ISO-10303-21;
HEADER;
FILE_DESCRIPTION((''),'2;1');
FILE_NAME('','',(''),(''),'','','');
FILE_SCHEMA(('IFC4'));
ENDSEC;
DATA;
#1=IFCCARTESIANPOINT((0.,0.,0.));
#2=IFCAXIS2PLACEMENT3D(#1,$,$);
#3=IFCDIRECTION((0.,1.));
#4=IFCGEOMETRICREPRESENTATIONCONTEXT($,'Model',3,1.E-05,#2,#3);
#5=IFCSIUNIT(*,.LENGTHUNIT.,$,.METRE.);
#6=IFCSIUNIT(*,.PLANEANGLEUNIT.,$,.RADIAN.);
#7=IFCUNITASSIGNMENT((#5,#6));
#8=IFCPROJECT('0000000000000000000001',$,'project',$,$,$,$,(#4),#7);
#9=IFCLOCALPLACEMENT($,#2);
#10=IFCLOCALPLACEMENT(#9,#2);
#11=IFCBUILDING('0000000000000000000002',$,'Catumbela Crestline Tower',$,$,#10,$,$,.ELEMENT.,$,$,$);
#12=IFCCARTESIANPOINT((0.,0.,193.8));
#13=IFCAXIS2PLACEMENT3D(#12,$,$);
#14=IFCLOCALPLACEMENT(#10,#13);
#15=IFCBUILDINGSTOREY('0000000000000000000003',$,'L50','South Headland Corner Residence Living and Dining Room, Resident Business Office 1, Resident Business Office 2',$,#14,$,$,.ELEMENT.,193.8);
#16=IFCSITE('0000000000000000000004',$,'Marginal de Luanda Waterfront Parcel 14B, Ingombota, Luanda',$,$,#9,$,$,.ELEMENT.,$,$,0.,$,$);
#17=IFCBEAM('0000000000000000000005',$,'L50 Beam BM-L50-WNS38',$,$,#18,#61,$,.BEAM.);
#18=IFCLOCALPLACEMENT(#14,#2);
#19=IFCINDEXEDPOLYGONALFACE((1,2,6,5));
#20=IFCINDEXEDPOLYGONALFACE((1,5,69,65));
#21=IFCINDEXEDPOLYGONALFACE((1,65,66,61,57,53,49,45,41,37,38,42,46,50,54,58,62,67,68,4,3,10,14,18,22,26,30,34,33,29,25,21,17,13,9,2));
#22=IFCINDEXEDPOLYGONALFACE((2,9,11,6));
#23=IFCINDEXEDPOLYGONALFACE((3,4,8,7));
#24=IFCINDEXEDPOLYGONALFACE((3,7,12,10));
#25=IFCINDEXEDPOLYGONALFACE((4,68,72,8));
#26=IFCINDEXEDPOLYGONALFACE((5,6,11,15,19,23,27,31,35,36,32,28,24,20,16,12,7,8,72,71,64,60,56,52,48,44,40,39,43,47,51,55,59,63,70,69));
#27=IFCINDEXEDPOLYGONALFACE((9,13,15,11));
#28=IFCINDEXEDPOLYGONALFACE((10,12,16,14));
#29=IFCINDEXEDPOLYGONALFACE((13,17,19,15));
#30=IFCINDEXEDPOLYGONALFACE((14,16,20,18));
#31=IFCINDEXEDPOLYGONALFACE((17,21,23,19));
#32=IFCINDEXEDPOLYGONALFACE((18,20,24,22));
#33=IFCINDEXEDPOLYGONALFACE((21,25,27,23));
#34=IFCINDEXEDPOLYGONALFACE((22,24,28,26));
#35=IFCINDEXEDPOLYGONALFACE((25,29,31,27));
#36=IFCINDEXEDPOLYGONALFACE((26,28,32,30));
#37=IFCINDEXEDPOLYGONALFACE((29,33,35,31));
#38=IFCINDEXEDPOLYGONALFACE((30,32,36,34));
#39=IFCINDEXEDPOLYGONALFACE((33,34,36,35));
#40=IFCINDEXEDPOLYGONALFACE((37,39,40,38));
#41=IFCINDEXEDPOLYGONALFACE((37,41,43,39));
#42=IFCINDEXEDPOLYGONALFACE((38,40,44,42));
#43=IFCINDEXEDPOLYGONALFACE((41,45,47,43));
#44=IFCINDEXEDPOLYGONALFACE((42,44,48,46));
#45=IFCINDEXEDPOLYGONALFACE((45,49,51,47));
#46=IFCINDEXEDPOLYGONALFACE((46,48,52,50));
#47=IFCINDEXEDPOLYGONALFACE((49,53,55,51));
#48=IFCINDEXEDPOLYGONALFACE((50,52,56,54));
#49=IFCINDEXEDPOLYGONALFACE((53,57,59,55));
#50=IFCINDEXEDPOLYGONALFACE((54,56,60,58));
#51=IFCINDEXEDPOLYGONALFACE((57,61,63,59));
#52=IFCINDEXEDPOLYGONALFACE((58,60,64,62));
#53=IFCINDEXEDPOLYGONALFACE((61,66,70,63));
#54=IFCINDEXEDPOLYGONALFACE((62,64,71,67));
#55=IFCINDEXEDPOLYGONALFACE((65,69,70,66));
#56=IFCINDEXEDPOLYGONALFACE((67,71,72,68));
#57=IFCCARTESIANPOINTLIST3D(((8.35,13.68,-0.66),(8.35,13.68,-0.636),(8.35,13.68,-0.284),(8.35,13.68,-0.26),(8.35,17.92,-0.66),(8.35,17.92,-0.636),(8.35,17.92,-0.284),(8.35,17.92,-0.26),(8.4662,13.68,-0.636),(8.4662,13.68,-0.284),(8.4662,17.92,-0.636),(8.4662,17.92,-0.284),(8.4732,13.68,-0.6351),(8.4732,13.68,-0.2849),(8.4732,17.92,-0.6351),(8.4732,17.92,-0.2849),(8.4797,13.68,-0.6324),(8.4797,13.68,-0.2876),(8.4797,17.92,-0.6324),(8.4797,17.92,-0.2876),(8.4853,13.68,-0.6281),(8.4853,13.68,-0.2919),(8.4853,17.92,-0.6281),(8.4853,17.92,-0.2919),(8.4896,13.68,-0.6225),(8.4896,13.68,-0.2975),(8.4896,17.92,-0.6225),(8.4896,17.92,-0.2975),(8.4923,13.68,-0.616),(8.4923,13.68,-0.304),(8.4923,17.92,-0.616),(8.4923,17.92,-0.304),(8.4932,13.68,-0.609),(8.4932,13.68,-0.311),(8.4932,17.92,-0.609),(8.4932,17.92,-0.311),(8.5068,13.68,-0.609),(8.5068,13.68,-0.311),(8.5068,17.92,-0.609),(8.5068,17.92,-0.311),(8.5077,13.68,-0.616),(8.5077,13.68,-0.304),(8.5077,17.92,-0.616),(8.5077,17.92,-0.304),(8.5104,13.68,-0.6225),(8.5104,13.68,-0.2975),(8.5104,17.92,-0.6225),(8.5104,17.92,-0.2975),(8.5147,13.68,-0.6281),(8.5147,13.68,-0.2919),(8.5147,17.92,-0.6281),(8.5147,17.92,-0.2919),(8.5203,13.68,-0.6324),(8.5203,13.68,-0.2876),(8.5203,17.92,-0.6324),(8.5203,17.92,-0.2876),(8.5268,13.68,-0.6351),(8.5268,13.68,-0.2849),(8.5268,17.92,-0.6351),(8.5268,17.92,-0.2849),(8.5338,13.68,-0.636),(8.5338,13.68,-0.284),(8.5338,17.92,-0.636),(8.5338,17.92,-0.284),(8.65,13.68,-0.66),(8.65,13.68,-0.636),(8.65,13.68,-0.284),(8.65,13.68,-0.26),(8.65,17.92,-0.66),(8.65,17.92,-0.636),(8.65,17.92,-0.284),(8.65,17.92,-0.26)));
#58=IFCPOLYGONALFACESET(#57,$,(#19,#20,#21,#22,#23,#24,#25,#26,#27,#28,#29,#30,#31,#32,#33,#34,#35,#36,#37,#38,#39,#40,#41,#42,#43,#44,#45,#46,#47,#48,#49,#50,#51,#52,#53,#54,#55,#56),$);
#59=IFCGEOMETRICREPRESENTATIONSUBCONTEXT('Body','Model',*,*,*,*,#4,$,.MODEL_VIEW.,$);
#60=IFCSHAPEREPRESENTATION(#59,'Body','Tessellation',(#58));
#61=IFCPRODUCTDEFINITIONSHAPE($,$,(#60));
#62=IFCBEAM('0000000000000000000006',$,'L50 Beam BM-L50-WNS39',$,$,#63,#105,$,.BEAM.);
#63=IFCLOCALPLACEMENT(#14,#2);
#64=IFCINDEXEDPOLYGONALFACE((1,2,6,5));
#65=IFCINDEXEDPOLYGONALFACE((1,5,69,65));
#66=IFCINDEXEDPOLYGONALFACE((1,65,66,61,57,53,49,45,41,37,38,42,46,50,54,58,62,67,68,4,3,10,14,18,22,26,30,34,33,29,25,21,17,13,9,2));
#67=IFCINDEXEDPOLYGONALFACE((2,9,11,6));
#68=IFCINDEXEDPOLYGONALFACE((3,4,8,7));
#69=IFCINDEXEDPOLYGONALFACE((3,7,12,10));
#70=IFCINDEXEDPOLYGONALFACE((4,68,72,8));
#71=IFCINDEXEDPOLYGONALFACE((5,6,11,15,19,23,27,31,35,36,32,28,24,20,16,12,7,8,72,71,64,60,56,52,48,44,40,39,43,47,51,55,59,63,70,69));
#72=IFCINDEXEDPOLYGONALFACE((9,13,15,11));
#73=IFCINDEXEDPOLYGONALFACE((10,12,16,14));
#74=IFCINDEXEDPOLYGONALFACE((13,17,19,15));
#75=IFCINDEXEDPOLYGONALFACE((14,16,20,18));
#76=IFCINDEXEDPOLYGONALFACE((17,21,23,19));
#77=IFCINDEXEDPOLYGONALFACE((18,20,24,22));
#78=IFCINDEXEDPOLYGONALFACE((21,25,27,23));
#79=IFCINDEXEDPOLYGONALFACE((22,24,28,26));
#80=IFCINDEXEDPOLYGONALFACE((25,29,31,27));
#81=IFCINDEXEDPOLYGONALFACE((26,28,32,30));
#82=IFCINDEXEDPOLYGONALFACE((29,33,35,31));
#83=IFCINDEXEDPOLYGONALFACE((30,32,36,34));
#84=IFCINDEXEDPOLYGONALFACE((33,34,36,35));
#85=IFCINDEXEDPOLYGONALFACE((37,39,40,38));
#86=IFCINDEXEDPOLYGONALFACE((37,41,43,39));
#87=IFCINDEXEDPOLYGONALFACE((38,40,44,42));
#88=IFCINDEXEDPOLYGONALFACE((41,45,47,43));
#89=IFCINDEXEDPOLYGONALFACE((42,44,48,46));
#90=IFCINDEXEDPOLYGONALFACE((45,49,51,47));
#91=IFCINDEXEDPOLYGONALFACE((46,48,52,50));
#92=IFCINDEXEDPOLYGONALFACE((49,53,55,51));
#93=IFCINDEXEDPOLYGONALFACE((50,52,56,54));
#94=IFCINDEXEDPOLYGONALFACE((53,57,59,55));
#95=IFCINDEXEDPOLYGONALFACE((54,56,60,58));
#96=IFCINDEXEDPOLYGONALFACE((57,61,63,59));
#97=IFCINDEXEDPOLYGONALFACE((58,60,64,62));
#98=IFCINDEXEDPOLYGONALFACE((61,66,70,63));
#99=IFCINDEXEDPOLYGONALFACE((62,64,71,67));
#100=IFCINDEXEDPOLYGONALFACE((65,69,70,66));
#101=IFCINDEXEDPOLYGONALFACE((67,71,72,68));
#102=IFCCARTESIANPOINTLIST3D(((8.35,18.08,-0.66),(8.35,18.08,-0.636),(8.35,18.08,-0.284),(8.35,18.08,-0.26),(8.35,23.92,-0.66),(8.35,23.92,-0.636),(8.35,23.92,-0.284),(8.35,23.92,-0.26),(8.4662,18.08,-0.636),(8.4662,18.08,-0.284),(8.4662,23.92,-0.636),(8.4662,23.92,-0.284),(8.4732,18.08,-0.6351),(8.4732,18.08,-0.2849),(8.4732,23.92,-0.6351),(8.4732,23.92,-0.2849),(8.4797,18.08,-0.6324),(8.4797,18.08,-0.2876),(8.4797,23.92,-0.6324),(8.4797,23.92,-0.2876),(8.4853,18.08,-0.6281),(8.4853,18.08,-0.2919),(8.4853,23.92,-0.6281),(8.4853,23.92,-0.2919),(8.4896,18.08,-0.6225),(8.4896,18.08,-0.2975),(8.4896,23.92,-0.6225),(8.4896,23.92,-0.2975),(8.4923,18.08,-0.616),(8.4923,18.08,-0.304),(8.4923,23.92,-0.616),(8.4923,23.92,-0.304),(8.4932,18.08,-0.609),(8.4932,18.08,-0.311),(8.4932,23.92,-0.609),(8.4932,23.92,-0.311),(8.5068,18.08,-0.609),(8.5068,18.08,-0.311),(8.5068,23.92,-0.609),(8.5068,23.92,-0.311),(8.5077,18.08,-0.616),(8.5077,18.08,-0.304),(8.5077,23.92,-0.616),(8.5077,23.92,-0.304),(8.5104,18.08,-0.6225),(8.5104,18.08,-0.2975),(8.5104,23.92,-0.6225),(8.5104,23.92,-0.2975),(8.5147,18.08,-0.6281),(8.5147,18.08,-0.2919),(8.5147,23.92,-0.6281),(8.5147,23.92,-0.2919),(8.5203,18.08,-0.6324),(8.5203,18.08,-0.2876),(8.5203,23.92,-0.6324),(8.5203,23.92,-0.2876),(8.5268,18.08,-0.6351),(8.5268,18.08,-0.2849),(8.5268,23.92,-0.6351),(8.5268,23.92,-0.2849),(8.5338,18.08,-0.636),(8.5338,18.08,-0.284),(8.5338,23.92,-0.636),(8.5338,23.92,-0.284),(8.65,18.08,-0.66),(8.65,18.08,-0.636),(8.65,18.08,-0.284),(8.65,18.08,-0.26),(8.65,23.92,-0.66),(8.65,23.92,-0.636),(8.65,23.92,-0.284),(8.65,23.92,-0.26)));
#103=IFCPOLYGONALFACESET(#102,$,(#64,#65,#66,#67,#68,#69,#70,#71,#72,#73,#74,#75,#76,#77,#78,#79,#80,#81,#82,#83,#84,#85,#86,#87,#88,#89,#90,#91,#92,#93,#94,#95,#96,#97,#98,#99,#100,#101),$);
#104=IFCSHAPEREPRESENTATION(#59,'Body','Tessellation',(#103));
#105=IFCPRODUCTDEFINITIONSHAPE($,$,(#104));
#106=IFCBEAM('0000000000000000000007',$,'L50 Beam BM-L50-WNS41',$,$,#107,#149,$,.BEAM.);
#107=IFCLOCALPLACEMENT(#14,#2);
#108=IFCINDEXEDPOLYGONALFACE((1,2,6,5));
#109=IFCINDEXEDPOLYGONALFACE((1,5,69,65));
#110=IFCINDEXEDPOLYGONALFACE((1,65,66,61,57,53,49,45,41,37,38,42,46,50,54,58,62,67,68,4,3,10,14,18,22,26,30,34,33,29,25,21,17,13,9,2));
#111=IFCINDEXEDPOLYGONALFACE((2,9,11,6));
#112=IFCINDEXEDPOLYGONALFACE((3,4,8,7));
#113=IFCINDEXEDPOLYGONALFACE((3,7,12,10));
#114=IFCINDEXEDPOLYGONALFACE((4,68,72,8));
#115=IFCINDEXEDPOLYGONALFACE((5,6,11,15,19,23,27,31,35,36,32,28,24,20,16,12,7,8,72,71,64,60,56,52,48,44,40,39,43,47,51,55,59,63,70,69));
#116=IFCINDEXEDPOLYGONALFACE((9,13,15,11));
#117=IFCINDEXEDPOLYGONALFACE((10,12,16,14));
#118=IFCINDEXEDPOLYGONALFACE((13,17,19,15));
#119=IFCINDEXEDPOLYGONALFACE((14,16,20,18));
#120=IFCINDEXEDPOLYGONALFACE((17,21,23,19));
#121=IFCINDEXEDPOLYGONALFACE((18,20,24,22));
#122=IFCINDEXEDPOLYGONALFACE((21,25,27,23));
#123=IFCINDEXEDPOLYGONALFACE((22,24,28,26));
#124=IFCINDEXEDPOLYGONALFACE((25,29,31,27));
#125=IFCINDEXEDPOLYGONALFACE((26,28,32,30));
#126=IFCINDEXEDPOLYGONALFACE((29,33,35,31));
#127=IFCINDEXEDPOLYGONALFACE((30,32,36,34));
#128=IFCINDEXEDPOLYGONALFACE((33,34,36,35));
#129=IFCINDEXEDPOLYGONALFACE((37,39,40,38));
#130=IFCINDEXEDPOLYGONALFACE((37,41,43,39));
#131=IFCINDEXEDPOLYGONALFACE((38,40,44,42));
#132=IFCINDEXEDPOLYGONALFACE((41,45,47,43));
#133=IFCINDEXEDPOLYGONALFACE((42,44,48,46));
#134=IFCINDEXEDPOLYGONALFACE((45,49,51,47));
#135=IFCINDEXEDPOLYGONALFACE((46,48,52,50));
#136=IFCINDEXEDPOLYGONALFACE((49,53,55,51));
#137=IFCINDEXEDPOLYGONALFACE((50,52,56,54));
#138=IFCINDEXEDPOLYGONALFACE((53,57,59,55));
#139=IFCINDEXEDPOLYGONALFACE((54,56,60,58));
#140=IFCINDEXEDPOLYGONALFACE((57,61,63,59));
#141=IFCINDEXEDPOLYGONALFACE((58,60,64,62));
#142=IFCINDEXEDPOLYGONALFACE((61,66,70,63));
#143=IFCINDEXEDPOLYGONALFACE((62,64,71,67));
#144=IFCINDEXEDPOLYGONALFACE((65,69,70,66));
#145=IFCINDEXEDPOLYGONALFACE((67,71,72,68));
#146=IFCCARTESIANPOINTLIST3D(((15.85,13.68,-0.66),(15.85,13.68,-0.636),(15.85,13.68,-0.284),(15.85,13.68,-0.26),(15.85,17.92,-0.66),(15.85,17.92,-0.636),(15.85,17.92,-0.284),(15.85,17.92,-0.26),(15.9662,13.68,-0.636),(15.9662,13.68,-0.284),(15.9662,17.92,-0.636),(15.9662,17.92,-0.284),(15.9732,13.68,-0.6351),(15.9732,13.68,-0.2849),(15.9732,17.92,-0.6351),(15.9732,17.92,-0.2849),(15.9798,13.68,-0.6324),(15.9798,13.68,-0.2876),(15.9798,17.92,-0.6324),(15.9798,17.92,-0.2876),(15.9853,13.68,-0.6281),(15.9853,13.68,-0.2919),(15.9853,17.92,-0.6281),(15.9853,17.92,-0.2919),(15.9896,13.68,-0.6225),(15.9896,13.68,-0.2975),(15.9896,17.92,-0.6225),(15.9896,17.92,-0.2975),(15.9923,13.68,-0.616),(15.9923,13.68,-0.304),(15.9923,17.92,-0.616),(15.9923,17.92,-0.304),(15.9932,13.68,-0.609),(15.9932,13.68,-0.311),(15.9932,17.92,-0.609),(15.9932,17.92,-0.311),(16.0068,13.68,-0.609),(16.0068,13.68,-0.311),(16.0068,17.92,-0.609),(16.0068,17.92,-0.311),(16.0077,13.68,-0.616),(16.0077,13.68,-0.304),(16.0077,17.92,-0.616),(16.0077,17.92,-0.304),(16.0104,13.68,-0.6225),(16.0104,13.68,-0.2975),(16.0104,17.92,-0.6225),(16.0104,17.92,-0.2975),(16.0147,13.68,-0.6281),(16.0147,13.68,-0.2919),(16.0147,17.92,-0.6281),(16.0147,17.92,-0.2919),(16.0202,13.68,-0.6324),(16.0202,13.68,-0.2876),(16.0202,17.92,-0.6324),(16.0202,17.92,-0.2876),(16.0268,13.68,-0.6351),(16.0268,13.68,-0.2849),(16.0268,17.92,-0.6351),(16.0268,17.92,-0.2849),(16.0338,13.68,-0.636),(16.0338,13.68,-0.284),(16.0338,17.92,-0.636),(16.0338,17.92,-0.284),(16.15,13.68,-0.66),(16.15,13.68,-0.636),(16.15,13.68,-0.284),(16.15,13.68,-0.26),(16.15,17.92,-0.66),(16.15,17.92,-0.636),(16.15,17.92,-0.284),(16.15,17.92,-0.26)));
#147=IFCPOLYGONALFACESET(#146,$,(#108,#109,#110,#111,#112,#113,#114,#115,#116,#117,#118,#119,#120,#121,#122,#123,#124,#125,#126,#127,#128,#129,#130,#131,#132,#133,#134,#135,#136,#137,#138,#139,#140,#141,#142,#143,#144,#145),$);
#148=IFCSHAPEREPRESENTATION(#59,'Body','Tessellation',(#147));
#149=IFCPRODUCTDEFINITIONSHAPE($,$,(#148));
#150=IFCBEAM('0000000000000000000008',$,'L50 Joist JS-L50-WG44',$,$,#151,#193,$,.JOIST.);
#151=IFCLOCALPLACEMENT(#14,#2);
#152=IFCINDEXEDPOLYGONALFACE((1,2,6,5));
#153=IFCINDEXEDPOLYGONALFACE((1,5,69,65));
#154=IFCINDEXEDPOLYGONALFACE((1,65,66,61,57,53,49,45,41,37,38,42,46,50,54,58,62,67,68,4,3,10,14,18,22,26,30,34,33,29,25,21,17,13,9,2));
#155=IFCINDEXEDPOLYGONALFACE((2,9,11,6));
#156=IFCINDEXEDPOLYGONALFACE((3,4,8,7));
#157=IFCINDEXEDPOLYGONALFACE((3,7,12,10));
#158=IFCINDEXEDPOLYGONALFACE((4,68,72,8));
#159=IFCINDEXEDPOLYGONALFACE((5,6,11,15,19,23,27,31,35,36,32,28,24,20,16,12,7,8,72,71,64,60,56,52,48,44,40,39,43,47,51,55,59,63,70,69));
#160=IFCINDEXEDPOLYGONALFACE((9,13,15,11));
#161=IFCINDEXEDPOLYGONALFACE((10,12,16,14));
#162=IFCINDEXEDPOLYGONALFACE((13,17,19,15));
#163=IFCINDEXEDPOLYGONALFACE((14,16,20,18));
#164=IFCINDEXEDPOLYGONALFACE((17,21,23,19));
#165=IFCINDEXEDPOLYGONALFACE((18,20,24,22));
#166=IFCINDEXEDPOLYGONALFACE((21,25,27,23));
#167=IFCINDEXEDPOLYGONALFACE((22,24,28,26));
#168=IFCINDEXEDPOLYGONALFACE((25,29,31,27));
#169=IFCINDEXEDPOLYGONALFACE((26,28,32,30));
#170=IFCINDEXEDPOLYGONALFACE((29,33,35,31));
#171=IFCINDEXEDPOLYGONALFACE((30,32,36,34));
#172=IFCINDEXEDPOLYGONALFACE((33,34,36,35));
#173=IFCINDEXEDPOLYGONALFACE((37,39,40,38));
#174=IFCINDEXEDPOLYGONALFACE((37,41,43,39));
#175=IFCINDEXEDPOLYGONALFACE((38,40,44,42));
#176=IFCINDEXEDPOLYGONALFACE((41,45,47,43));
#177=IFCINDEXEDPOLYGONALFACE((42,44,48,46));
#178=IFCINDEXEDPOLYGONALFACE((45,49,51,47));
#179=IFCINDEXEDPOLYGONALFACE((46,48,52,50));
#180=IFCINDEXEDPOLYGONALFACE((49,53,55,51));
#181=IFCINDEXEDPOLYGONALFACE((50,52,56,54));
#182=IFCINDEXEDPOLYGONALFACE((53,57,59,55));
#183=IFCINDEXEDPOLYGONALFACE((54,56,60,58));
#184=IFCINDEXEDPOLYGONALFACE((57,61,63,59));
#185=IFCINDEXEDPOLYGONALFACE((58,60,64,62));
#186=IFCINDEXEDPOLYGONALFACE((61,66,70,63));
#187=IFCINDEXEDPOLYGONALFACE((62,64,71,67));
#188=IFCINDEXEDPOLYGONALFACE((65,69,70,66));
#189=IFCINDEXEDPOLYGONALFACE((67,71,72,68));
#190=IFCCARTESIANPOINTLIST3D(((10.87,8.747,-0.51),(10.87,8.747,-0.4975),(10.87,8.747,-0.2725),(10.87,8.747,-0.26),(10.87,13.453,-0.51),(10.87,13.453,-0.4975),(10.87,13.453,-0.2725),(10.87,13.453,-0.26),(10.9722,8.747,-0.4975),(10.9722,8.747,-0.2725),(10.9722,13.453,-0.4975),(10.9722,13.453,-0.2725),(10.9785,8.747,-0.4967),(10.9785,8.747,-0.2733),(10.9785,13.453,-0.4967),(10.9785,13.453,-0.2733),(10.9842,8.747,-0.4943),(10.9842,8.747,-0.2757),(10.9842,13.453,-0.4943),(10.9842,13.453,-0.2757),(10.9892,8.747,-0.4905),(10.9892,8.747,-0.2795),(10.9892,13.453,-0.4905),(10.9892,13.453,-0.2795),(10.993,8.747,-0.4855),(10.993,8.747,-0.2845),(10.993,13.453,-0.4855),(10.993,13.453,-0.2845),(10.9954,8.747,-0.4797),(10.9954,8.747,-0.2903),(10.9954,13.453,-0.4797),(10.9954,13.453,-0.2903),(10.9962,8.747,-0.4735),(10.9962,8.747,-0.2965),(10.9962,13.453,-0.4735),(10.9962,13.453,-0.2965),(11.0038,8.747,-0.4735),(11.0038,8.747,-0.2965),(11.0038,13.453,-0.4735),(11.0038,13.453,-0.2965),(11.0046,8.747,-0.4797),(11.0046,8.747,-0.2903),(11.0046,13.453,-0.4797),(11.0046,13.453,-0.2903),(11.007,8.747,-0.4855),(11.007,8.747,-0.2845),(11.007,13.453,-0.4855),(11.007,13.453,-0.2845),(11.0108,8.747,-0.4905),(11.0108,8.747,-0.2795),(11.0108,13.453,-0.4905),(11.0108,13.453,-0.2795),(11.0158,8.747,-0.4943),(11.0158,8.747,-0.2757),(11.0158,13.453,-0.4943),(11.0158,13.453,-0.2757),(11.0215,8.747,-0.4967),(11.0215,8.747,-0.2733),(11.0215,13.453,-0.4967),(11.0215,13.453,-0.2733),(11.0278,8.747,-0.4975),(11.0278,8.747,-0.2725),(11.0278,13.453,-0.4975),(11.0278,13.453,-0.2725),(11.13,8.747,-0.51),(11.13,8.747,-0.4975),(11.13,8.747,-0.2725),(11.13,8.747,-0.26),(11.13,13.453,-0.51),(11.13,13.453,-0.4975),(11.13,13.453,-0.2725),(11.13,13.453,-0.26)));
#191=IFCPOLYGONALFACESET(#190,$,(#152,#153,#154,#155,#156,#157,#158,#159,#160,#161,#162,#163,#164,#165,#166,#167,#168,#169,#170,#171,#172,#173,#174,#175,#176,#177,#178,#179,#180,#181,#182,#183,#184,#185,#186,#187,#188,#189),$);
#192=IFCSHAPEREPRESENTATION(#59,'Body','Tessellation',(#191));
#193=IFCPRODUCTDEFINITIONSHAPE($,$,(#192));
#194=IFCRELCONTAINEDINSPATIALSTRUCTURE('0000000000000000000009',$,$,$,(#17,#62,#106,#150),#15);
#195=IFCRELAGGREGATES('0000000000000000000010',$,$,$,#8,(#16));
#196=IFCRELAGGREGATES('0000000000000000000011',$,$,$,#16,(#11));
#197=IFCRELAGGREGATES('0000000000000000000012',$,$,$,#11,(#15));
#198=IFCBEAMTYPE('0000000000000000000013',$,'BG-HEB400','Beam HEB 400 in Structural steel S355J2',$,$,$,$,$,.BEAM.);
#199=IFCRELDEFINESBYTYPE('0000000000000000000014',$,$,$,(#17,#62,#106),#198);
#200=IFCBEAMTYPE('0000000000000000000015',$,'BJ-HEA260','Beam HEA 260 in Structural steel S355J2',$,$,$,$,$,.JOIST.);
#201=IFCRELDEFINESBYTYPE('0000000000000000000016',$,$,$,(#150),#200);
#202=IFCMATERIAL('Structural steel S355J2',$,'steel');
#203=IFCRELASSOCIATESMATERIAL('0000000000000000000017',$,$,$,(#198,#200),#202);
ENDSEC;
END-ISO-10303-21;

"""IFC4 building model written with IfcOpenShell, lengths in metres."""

from ifc_helpers import new_model, si_unit, direction, frame, origin, origin_2d, place, context, subcontext, project, spatial, i_section, extrude, material, material_profile, profile_set, type_object, element, save


model = new_model("IFC4")

# Units and contexts
model_context = context("Model", 3, precision=1e-05, world=origin(), true_north=direction((0.0, 1.0)))
body_context = subcontext(model_context, "Body", "Model", "MODEL_VIEW")
ifc_project = project(units=[si_unit("LENGTHUNIT", "METRE"), si_unit("PLANEANGLEUNIT", "RADIAN")], contexts=[model_context])

# Site, building, storey
site_placement = place(None, origin())
site = spatial("IfcSite", under=ifc_project, at=site_placement, Name="Marginal de Luanda Waterfront Parcel 14B, Ingombota, Luanda", CompositionType="ELEMENT", RefElevation=0.0)
building_placement = place(site_placement, origin())
building = spatial("IfcBuilding", under=site, at=building_placement, Name="Catumbela Crestline Tower", CompositionType="ELEMENT")
storey_placement = place(building_placement, frame((0.0, 0.0, 193.8)))
storey = spatial("IfcBuildingStorey", under=building, at=storey_placement, Name="L50", Description="South Headland Corner Residence Living and Dining Room, Resident Business Office 1, Resident Business Office 2", CompositionType="ELEMENT", Elevation=193.8)

# Shared definitions
ifc_material_1 = material(Name="Structural steel S355J2", Category="steel")

# Beams
ifc_material_profile_1 = material_profile(ifc_material_1, i_section(OverallWidth=0.3, OverallDepth=0.4, WebThickness=0.0135, FlangeThickness=0.024, FilletRadius=0.027, at=origin_2d()), Name="HEB 400")
ifc_profile_set_1 = profile_set([ifc_material_profile_1], Name="Structural steel S355J2")
beam_type_1 = type_object("IfcBeamType", Name="BG-HEB400", Description="Beam HEB 400 in Structural steel S355J2", PredefinedType="BEAM", material=ifc_profile_set_1)
beam_1_placement = place(storey_placement, frame((8.5, 13.68, -0.46), z_axis=(0.0, 1.0, 0.0), x_axis=(-1.0, 0.0, 0.0)))
element("IfcBeam", 1, at=beam_1_placement, inside=storey, type_object=beam_type_1, Name="L50 Beam BM-L50-WNS38", PredefinedType="BEAM", context=body_context, shape_type="SweptSolid", body=[
    extrude(i_section(OverallWidth=0.3, OverallDepth=0.4, WebThickness=0.0135, FlangeThickness=0.024, FilletRadius=0.027, at=origin_2d()), origin(), (0.0, 0.0, 1.0), 4.24),
])
beam_2_placement = place(storey_placement, frame((8.5, 18.08, -0.46), z_axis=(0.0, 1.0, 0.0), x_axis=(-1.0, 0.0, 0.0)))
element("IfcBeam", 2, at=beam_2_placement, inside=storey, type_object=beam_type_1, Name="L50 Beam BM-L50-WNS39", PredefinedType="BEAM", context=body_context, shape_type="SweptSolid", body=[
    extrude(i_section(OverallWidth=0.3, OverallDepth=0.4, WebThickness=0.0135, FlangeThickness=0.024, FilletRadius=0.027, at=origin_2d()), origin(), (0.0, 0.0, 1.0), 5.84),
])
beam_3_placement = place(storey_placement, frame((16.0, 13.68, -0.46), z_axis=(0.0, 1.0, 0.0), x_axis=(-1.0, 0.0, 0.0)))
element("IfcBeam", 3, at=beam_3_placement, inside=storey, type_object=beam_type_1, Name="L50 Beam BM-L50-WNS41", PredefinedType="BEAM", context=body_context, shape_type="SweptSolid", body=[
    extrude(i_section(OverallWidth=0.3, OverallDepth=0.4, WebThickness=0.0135, FlangeThickness=0.024, FilletRadius=0.027, at=origin_2d()), origin(), (0.0, 0.0, 1.0), 4.24),
])
ifc_material_profile_2 = material_profile(ifc_material_1, i_section(OverallWidth=0.26, OverallDepth=0.25, WebThickness=0.0075, FlangeThickness=0.0125, FilletRadius=0.024, at=origin_2d()), Name="HEA 260")
ifc_profile_set_2 = profile_set([ifc_material_profile_2], Name="Structural steel S355J2")
beam_type_2 = type_object("IfcBeamType", Name="BJ-HEA260", Description="Beam HEA 260 in Structural steel S355J2", PredefinedType="JOIST", material=ifc_profile_set_2)
for number, where, z_axis, x_axis, name in (
    (4, (11.0, 8.747, -0.385), (0.0, 1.0, 0.0), (-1.0, 0.0, 0.0), "L50 Joist JS-L50-WG44"),
):
    element("IfcBeam", number, at=place(storey_placement, frame(where, z_axis=z_axis, x_axis=x_axis)), inside=storey, type_object=beam_type_2, Name=name, PredefinedType="JOIST", context=body_context, shape_type="SweptSolid", body=[
        extrude(i_section(OverallWidth=0.26, OverallDepth=0.25, WebThickness=0.0075, FlangeThickness=0.0125, FilletRadius=0.024, at=origin_2d()), origin(), (0.0, 0.0, 1.0), 4.706),
    ])

save(model, "model.ifc")
